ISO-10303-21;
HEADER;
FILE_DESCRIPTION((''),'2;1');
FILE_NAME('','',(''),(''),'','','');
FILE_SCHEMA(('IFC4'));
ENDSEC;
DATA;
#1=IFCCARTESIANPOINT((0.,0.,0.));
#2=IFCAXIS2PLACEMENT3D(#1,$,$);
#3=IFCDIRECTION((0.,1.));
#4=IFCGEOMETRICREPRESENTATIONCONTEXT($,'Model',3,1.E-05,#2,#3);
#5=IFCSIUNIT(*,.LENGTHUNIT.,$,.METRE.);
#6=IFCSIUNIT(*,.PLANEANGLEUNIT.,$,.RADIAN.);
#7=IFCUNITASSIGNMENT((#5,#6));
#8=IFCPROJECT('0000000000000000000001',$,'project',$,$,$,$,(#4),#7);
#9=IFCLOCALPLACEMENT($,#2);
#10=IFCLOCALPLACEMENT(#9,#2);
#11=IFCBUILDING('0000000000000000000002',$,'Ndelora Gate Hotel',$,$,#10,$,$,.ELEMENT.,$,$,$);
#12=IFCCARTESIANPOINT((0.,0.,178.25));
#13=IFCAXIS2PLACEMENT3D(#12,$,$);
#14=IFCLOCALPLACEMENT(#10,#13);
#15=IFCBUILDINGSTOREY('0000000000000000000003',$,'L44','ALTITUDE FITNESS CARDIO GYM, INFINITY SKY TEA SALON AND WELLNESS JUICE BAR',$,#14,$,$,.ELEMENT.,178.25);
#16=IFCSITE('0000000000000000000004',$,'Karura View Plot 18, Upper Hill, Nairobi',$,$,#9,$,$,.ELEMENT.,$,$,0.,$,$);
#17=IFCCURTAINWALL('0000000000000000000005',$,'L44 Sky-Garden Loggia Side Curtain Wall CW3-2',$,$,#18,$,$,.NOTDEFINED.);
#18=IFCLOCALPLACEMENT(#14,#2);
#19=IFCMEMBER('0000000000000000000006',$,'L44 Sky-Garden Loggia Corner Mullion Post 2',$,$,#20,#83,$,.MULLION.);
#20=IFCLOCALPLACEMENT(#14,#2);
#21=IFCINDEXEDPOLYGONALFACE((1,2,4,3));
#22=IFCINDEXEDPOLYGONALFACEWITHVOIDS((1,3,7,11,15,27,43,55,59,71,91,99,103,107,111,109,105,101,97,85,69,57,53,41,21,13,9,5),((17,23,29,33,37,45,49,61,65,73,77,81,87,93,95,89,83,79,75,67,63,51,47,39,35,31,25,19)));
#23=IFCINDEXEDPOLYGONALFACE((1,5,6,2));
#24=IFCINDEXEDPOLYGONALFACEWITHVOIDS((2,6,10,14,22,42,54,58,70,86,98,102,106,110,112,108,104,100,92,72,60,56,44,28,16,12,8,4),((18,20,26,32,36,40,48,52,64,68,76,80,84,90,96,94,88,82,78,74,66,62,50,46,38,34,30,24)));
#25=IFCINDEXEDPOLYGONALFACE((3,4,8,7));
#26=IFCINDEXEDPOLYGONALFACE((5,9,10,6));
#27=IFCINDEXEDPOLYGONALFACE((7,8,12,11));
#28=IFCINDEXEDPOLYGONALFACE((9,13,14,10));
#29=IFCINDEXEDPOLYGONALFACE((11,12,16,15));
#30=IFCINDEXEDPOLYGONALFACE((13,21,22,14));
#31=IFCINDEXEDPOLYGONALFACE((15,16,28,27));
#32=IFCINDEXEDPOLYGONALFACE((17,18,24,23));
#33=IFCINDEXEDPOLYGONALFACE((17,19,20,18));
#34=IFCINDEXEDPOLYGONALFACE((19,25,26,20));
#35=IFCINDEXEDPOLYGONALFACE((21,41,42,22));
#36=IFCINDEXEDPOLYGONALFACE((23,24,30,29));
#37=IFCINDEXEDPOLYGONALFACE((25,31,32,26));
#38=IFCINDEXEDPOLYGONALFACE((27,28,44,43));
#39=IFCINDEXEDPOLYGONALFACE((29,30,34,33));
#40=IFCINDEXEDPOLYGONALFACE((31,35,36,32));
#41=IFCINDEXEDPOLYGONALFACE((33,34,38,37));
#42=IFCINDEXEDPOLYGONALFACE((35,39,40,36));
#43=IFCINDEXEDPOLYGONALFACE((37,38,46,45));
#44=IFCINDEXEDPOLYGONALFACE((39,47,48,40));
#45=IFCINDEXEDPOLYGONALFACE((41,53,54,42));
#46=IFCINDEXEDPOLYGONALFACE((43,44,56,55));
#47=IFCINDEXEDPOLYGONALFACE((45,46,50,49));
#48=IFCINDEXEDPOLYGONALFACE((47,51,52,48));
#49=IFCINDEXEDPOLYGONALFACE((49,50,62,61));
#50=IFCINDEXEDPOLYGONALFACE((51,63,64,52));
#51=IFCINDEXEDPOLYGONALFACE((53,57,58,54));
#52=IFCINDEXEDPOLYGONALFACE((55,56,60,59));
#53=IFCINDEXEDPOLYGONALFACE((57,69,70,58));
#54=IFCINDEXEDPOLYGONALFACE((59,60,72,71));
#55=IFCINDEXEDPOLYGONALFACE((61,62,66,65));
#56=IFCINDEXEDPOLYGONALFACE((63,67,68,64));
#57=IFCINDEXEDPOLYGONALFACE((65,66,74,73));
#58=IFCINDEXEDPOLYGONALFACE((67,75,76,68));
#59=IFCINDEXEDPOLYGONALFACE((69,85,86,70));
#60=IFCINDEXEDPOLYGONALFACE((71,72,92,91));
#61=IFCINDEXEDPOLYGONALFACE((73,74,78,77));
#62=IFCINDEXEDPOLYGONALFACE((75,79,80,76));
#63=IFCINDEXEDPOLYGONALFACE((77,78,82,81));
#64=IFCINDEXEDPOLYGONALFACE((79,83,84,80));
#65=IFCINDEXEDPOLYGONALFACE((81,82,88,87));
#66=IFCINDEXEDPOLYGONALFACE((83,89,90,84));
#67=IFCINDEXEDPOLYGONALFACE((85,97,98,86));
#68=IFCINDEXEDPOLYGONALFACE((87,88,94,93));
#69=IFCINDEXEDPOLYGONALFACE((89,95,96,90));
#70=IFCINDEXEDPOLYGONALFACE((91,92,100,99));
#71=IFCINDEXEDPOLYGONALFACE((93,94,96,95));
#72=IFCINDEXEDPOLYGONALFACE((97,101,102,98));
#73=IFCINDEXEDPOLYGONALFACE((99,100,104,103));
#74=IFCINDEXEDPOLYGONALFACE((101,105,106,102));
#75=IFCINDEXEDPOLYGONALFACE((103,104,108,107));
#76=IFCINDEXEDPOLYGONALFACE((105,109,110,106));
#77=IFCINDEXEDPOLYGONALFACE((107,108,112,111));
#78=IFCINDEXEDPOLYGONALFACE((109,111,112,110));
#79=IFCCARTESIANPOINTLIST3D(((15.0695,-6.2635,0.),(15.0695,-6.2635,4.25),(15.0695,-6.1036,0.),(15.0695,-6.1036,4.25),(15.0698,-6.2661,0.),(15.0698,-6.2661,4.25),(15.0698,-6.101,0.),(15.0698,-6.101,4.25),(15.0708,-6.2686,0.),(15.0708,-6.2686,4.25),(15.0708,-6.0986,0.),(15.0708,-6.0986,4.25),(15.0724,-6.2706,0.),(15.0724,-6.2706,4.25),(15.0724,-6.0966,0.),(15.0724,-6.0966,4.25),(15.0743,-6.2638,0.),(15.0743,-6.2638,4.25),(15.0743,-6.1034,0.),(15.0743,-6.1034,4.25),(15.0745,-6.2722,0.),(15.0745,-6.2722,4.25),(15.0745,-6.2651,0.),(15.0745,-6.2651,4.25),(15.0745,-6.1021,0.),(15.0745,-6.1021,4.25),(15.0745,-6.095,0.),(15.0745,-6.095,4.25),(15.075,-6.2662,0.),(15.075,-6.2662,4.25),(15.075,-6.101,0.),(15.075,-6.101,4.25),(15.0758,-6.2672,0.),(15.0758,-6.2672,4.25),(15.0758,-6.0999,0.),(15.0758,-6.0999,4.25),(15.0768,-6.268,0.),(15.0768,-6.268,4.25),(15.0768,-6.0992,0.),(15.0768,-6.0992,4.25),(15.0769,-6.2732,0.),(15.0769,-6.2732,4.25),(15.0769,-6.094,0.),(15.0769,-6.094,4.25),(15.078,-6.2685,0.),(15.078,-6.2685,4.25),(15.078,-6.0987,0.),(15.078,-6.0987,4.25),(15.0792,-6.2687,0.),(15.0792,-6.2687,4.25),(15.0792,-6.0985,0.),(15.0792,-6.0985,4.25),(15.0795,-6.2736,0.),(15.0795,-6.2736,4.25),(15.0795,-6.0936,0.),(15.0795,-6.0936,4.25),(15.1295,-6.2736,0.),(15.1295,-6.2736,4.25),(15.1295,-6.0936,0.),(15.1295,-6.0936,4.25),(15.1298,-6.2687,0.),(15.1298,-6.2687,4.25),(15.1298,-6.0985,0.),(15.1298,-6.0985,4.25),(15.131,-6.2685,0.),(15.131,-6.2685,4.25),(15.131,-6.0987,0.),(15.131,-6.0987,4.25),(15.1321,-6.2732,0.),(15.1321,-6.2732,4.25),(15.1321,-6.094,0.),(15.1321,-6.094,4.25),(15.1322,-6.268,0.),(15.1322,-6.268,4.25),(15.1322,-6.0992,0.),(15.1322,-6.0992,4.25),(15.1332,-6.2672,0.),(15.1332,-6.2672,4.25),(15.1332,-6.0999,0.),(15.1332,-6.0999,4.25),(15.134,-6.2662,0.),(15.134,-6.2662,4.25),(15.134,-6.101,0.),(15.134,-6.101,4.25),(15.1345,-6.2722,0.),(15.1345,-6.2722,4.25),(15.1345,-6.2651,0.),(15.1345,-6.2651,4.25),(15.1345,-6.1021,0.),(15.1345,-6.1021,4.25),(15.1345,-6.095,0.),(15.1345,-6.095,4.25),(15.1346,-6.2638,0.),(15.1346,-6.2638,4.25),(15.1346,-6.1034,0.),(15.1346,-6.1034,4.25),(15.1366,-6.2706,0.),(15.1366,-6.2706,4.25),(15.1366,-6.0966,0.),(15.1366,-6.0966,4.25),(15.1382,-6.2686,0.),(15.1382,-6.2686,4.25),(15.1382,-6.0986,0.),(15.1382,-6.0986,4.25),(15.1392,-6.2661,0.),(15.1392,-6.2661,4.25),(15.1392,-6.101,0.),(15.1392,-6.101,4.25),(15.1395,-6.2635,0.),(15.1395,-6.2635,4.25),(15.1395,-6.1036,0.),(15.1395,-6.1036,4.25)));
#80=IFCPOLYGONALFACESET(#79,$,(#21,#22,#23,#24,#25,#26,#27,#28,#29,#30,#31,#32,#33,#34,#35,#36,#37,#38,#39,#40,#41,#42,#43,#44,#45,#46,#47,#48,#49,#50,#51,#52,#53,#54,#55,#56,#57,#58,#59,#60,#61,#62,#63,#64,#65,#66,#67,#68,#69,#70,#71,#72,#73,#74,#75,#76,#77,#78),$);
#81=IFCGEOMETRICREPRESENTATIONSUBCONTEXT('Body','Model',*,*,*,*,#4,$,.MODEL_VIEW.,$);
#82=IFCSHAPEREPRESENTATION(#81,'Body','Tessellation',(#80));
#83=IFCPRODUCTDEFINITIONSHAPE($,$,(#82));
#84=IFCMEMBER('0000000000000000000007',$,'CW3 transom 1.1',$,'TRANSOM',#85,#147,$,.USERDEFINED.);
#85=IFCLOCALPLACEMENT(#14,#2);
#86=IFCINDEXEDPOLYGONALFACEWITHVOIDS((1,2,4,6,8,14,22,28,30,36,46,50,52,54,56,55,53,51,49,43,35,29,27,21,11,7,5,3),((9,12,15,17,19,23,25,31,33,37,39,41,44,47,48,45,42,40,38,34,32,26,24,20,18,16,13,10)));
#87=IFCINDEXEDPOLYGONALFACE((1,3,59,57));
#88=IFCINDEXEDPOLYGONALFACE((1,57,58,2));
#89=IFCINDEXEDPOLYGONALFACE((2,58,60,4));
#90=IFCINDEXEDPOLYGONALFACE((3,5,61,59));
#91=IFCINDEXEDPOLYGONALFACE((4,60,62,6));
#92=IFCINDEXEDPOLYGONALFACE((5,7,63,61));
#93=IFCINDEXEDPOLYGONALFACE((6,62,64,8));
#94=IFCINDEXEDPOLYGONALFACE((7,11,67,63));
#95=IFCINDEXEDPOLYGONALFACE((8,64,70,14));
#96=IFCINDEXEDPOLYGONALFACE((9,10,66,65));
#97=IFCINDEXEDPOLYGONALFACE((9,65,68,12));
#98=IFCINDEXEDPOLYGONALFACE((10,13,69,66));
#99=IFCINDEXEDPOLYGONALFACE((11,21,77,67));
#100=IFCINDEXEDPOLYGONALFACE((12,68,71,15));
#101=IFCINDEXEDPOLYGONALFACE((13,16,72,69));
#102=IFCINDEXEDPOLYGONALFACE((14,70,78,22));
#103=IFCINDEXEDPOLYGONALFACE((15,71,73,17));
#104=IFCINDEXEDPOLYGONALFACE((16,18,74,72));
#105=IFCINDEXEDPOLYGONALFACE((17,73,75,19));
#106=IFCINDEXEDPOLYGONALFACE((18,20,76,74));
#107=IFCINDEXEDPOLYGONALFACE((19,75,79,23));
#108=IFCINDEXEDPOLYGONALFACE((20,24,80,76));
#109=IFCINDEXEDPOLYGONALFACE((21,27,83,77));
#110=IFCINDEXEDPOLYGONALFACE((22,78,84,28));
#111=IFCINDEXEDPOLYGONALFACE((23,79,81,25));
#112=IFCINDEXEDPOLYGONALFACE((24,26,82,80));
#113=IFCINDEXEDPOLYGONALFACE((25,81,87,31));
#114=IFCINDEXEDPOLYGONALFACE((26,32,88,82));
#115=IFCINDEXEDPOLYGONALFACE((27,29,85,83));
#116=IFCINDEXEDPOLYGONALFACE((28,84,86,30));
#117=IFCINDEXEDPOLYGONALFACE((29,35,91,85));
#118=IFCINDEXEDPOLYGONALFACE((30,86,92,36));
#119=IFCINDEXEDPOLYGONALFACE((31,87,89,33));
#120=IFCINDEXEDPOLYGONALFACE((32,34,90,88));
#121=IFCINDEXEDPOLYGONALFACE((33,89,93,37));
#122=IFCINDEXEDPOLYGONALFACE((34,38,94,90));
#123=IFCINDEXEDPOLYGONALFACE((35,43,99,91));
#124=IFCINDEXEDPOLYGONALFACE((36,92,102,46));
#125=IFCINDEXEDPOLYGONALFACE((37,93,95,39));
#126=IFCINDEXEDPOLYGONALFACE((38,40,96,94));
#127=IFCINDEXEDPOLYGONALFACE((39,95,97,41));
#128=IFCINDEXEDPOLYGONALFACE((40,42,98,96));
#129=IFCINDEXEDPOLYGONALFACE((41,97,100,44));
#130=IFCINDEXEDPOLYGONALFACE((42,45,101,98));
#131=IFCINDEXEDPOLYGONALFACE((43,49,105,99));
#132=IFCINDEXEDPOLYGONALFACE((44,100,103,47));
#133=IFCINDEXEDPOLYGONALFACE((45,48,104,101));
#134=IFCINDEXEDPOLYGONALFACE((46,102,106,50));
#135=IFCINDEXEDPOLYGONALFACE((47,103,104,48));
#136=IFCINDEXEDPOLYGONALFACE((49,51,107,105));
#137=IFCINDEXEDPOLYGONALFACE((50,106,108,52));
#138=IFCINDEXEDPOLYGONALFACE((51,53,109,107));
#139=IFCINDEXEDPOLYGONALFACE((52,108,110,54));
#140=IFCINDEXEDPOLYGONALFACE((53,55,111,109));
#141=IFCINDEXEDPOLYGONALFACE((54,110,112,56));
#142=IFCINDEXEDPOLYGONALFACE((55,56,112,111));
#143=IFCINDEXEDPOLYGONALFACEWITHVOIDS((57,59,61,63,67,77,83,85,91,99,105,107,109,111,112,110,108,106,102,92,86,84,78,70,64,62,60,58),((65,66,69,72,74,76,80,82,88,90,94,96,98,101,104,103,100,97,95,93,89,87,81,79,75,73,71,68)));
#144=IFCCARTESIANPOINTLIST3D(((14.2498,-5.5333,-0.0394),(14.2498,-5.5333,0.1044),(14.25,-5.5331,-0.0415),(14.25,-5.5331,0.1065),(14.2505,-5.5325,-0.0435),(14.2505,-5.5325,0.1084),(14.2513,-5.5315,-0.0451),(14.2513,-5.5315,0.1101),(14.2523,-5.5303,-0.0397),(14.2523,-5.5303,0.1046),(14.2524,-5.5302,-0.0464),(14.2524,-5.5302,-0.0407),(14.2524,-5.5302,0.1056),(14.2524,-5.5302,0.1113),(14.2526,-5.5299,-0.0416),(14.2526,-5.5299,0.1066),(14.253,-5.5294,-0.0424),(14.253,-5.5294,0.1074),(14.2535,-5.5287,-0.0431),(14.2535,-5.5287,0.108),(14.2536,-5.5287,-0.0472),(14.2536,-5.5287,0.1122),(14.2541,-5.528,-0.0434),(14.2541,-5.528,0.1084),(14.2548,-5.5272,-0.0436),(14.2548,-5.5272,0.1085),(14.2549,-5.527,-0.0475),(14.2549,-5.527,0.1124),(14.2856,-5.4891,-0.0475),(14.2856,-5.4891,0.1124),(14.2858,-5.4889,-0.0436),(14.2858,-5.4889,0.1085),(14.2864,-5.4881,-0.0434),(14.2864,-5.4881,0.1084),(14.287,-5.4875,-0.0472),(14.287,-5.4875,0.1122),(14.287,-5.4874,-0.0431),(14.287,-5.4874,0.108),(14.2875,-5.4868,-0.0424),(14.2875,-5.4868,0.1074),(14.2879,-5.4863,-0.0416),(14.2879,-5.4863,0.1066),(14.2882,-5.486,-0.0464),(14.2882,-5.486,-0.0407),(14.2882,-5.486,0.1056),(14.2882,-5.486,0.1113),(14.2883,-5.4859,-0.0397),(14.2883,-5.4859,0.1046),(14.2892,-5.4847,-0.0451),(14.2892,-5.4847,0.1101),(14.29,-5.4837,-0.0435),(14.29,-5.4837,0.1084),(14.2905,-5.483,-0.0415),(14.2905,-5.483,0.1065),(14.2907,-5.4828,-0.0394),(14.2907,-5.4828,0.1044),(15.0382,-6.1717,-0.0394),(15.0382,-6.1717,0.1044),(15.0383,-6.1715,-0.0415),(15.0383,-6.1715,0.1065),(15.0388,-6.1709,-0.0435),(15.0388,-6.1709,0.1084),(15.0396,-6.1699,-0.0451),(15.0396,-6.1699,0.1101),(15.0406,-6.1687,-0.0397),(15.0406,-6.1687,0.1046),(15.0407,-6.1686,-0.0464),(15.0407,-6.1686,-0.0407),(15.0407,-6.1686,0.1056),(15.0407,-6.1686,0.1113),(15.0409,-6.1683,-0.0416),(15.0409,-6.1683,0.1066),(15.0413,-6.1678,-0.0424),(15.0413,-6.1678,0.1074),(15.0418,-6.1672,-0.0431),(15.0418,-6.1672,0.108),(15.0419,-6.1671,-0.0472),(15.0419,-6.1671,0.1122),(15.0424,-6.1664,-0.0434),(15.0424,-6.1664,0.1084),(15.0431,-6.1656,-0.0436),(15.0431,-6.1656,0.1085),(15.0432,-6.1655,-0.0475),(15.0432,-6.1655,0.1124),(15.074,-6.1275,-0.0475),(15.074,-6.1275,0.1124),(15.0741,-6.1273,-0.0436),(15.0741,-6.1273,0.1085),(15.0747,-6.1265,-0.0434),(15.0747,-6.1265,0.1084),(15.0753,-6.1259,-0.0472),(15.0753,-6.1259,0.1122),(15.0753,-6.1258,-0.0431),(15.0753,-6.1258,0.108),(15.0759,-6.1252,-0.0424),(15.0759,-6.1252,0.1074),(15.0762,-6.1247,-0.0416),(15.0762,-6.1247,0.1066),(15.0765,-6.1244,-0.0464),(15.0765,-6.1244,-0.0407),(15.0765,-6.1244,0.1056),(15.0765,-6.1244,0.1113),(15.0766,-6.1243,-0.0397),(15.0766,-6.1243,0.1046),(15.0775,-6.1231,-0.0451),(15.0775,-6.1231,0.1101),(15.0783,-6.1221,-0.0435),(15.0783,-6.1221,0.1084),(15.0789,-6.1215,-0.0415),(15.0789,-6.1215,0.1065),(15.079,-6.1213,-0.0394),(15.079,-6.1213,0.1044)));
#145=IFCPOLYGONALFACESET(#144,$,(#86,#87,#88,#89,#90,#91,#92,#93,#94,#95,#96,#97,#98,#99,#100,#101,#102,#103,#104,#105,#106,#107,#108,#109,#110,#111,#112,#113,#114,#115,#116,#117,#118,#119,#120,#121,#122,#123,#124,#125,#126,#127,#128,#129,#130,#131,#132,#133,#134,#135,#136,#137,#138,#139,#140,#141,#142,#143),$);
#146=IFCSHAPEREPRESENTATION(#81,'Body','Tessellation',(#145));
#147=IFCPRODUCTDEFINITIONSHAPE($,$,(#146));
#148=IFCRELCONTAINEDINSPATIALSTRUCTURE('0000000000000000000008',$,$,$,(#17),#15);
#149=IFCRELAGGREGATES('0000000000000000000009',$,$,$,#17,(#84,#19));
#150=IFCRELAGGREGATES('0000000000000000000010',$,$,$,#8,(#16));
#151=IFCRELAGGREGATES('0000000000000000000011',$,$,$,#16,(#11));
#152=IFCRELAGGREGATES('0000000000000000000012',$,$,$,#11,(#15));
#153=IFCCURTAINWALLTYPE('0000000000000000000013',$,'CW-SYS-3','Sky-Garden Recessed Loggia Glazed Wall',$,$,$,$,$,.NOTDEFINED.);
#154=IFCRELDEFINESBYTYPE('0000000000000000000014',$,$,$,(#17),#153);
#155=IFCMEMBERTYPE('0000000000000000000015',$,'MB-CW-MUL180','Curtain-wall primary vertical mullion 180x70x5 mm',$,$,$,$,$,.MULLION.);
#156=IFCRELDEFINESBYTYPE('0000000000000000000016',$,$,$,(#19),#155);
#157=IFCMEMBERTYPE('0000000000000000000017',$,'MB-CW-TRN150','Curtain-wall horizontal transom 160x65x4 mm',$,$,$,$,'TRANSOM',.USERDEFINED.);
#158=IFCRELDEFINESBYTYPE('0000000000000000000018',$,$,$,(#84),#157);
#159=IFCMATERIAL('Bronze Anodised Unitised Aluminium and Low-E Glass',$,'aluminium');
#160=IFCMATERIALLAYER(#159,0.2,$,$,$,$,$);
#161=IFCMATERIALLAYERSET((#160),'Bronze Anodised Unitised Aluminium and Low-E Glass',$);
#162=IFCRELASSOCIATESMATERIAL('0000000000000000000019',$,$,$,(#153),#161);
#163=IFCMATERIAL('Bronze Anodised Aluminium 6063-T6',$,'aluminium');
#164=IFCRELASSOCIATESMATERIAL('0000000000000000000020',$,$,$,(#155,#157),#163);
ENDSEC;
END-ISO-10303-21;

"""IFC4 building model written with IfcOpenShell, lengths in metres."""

from ifc_helpers import new_model, si_unit, direction, frame, origin, origin_2d, place, context, subcontext, project, spatial, hollow_rectangle, extrude, material, layer, layer_set, material_profile, profile_set, type_object, element, aggregate, save


model = new_model("IFC4")

# Units and contexts
model_context = context("Model", 3, precision=1e-05, world=origin(), true_north=direction((0.0, 1.0)))
body_context = subcontext(model_context, "Body", "Model", "MODEL_VIEW")
ifc_project = project(units=[si_unit("LENGTHUNIT", "METRE"), si_unit("PLANEANGLEUNIT", "RADIAN")], contexts=[model_context])

# Site, building, storey
site_placement = place(None, origin())
site = spatial("IfcSite", under=ifc_project, at=site_placement, Name="Karura View Plot 18, Upper Hill, Nairobi", CompositionType="ELEMENT", RefElevation=0.0)
building_placement = place(site_placement, origin())
building = spatial("IfcBuilding", under=site, at=building_placement, Name="Ndelora Gate Hotel", CompositionType="ELEMENT")
storey_placement = place(building_placement, frame((0.0, 0.0, 178.25)))
storey = spatial("IfcBuildingStorey", under=building, at=storey_placement, Name="L44", Description="ALTITUDE FITNESS CARDIO GYM, INFINITY SKY TEA SALON AND WELLNESS JUICE BAR", CompositionType="ELEMENT", Elevation=178.25)

# Curtain wall, members
ifc_material_1 = material(Name="Bronze Anodised Unitised Aluminium and Low-E Glass", Category="aluminium")
ifc_layer_1 = layer(ifc_material_1, 0.2)
ifc_layer_set_1 = layer_set([ifc_layer_1], Name="Bronze Anodised Unitised Aluminium and Low-E Glass")
curtain_wall_type = type_object("IfcCurtainWallType", Name="CW-SYS-3", Description="Sky-Garden Recessed Loggia Glazed Wall", PredefinedType="NOTDEFINED", material=ifc_layer_set_1)
curtain_wall_placement = place(storey_placement, origin())
curtain_wall = element("IfcCurtainWall", 1, at=curtain_wall_placement, inside=storey, type_object=curtain_wall_type, Name="L44 Sky-Garden Loggia Side Curtain Wall CW3-2", PredefinedType="NOTDEFINED")
ifc_material_2 = material(Name="Bronze Anodised Aluminium 6063-T6", Category="aluminium")
ifc_material_profile_1 = material_profile(ifc_material_2, hollow_rectangle(XDim=0.0701, YDim=0.1799, WallThickness=0.0049, InnerFilletRadius=0.0049, OuterFilletRadius=0.01, at=origin_2d()), Name="ALU 180x70x5")
ifc_profile_set_1 = profile_set([ifc_material_profile_1], Name="Bronze Anodised Aluminium 6063-T6")
member_type_1 = type_object("IfcMemberType", Name="MB-CW-MUL180", Description="Curtain-wall primary vertical mullion 180x70x5 mm", PredefinedType="MULLION", material=ifc_profile_set_1)
member_1_placement = place(storey_placement, frame((15.1045, -6.1836, 0.0), z_axis=(0.0, 0.0, 1.0), x_axis=(1.0, 0.0, 0.0)))
member_1 = element("IfcMember", 2, at=member_1_placement, type_object=member_type_1, Name="L44 Sky-Garden Loggia Corner Mullion Post 2", PredefinedType="MULLION", context=body_context, shape_type="SweptSolid", body=[
    extrude(hollow_rectangle(XDim=0.0701, YDim=0.1799, WallThickness=0.0049, InnerFilletRadius=0.0049, OuterFilletRadius=0.01, at=origin_2d()), origin(), (0.0, 0.0, 1.0), 4.25),
])
ifc_material_profile_2 = material_profile(ifc_material_2, hollow_rectangle(XDim=0.0649, YDim=0.1599, WallThickness=0.0039, InnerFilletRadius=0.0039, OuterFilletRadius=0.0081, at=origin_2d()), Name="ALU 160x65x4")
ifc_profile_set_2 = profile_set([ifc_material_profile_2], Name="Bronze Anodised Aluminium 6063-T6")
member_type_2 = type_object("IfcMemberType", Name="MB-CW-TRN150", Description="Curtain-wall horizontal transom 160x65x4 mm", ElementType="TRANSOM", PredefinedType="USERDEFINED", material=ifc_profile_set_2)
member_2_placement = place(storey_placement, frame((15.0586, -6.1465, 0.0325), z_axis=(-0.777122, 0.629351, 0.0), x_axis=(-0.629351, -0.777122, 0.0)))
member_2 = element("IfcMember", 3, at=member_2_placement, type_object=member_type_2, Name="CW3 transom 1.1", ObjectType="TRANSOM", PredefinedType="USERDEFINED", context=body_context, shape_type="SweptSolid", body=[
    extrude(hollow_rectangle(XDim=0.0649, YDim=0.1599, WallThickness=0.0039, InnerFilletRadius=0.0039, OuterFilletRadius=0.0081, at=origin_2d()), origin(), (0.0, 0.0, 1.0), 1.0144),
])
aggregate(curtain_wall, [member_2, member_1])

save(model, "model.ifc")
